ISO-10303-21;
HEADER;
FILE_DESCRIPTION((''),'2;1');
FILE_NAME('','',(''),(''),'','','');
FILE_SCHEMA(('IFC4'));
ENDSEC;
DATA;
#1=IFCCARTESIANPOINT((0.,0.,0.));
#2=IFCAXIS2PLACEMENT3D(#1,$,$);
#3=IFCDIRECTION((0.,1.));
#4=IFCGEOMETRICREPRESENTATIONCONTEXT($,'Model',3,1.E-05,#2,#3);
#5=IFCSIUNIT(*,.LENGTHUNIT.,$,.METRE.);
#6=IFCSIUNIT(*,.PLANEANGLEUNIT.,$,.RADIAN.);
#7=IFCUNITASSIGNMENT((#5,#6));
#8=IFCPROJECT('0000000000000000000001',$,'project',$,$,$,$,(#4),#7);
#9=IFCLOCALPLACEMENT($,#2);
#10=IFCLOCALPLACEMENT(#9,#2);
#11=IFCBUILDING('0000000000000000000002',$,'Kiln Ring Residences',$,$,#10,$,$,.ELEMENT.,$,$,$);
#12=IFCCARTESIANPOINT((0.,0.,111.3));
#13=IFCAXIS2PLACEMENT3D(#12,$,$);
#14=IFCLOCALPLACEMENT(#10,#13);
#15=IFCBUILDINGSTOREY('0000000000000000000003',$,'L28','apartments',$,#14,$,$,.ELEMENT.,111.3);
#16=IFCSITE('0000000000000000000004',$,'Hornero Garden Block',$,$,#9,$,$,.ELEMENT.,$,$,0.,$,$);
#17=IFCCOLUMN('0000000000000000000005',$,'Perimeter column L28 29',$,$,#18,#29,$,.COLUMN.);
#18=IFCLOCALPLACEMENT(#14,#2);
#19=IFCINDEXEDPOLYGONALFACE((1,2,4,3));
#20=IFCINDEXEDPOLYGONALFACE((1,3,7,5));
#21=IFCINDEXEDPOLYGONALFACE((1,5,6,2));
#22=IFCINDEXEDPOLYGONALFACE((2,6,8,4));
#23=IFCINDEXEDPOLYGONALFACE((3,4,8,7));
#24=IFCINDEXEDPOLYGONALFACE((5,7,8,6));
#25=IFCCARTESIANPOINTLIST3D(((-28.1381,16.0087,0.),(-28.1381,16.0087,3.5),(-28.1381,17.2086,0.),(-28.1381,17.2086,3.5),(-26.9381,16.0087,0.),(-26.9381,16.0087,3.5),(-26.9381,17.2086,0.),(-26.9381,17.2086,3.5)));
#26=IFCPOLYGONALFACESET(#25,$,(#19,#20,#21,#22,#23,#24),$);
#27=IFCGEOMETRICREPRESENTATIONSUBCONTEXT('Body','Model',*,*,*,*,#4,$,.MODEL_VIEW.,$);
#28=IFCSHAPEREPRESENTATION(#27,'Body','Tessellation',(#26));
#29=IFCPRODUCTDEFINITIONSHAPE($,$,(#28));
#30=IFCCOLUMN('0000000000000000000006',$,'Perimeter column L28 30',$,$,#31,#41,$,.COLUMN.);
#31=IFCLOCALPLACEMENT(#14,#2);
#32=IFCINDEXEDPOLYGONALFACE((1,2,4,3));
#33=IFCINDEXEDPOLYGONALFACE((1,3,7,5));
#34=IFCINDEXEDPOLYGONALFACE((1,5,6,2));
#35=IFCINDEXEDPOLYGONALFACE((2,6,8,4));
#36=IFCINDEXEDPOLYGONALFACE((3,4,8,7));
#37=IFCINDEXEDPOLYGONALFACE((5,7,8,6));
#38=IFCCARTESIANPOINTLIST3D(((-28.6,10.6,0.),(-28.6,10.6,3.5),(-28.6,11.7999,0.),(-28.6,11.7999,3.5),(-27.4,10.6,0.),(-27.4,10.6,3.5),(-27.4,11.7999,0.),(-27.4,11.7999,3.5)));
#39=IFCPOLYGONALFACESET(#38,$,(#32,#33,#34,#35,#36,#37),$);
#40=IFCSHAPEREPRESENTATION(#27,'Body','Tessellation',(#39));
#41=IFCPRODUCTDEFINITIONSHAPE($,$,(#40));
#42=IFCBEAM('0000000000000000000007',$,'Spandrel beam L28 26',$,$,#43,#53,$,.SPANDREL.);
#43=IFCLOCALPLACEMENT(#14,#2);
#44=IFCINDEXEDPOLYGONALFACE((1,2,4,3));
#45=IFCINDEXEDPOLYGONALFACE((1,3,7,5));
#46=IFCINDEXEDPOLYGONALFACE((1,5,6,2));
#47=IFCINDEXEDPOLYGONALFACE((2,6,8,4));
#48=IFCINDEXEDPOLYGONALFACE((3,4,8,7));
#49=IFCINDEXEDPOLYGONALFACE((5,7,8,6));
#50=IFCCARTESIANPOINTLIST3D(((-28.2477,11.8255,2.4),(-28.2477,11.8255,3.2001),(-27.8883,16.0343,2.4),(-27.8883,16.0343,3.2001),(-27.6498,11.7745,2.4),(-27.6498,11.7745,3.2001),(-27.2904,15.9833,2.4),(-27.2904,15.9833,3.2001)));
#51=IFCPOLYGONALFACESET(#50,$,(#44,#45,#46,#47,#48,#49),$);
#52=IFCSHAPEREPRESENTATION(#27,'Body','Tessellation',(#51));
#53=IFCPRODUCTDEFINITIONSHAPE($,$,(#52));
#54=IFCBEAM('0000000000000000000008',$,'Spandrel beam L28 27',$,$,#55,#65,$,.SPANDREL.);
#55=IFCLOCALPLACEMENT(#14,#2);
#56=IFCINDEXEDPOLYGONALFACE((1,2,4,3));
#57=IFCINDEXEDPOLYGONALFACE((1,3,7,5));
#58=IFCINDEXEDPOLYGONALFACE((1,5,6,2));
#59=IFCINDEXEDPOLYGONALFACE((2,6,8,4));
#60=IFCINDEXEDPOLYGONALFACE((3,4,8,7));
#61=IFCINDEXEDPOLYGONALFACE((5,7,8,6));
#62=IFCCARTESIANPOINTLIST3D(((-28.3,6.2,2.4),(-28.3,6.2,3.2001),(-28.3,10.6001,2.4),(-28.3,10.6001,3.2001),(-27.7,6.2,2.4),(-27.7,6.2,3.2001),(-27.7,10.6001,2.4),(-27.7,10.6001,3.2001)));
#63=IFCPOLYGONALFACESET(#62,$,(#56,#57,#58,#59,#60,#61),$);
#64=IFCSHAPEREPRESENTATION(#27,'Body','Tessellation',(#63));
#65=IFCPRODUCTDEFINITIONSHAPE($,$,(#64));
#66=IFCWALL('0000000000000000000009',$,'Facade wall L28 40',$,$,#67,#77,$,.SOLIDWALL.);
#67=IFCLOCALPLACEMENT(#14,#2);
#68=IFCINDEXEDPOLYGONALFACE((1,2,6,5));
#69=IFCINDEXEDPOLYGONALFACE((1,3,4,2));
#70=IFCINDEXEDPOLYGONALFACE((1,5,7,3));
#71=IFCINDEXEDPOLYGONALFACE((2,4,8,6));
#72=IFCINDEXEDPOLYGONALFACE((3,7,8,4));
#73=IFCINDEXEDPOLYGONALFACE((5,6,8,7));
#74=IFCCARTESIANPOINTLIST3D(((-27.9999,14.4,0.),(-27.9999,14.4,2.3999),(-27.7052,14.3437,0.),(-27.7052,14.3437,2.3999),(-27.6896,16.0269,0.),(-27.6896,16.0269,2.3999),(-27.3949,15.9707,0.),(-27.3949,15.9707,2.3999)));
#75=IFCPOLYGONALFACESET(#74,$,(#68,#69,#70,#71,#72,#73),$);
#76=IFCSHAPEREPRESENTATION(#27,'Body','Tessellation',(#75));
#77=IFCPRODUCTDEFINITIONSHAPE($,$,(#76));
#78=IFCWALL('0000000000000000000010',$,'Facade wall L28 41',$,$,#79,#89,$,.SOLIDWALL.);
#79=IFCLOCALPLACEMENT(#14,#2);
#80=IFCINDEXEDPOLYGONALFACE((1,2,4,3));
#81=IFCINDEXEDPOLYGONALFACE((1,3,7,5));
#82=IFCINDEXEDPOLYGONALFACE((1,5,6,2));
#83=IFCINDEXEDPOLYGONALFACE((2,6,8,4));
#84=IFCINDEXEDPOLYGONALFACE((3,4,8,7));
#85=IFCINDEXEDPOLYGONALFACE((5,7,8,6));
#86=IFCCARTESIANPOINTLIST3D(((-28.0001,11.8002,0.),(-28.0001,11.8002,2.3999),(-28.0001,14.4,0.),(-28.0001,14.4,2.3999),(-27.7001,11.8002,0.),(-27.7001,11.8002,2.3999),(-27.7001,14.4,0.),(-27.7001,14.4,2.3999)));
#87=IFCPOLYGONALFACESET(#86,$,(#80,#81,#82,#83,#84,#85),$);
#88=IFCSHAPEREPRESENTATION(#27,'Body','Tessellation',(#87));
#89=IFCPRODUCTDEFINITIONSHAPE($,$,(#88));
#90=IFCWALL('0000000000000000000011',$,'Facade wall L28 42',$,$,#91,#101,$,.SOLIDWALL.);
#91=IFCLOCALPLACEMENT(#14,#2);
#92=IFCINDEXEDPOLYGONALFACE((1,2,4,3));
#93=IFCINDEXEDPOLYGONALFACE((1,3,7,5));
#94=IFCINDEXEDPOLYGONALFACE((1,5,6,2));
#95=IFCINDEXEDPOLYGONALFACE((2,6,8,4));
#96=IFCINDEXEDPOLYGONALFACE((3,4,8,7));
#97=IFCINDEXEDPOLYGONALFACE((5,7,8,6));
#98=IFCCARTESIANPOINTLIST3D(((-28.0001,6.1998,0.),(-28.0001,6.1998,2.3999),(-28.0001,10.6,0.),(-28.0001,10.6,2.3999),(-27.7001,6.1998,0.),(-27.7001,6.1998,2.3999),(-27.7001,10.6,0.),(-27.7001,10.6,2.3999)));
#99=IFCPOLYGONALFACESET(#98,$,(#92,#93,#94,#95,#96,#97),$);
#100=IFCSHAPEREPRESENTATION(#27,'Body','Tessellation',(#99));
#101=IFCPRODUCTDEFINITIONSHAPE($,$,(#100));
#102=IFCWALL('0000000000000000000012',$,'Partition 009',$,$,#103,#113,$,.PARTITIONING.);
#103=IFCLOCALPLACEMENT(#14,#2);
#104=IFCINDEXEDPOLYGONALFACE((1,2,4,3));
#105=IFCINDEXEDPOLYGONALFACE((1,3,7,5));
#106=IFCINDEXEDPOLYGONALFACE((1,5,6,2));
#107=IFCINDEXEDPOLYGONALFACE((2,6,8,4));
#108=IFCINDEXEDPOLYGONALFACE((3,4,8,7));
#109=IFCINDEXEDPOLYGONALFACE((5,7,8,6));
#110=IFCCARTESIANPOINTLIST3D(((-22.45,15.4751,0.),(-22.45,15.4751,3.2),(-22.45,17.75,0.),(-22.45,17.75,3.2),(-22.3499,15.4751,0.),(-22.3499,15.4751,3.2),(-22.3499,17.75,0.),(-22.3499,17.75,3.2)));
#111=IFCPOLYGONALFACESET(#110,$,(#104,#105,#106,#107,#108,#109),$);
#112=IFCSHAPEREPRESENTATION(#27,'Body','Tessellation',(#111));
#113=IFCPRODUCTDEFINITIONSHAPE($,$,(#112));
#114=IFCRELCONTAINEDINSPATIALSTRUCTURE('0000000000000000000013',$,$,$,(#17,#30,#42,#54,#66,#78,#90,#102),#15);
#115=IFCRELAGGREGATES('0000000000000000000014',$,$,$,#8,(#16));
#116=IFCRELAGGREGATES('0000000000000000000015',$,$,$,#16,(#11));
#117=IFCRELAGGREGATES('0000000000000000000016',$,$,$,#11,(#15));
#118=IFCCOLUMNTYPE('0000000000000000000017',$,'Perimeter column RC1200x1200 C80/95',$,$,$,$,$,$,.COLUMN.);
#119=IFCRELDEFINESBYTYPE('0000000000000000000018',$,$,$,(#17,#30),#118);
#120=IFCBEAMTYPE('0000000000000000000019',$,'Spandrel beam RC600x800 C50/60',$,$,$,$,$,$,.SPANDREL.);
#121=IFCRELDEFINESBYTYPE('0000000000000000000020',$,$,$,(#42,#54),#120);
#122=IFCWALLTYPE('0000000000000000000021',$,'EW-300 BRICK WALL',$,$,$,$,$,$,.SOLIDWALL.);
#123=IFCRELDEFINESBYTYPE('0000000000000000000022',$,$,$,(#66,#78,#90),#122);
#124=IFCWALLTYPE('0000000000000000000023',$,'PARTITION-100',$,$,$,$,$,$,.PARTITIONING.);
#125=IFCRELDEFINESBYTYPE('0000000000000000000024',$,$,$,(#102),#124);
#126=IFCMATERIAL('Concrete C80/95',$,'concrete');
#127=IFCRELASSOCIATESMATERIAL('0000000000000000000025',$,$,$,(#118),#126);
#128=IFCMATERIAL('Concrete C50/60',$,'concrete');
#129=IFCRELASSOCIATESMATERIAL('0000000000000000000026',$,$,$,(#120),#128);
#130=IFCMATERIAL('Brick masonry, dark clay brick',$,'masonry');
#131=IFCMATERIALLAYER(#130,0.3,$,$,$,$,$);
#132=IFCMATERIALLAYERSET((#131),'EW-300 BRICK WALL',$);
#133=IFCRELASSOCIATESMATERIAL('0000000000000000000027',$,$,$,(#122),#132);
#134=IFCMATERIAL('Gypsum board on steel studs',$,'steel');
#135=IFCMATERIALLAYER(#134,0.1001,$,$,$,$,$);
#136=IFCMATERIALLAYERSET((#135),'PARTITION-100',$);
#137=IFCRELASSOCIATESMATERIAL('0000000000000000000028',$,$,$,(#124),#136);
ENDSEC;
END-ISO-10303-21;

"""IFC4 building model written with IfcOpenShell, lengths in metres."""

from ifc_helpers import new_model, si_unit, direction, frame, frame_2d, origin, origin_2d, place, context, subcontext, project, spatial, rectangle, extrude, material, layer, layer_set, material_profile, profile_set, type_object, element, save


model = new_model("IFC4")

# Units and contexts
model_context = context("Model", 3, precision=1e-05, world=origin(), true_north=direction((0.0, 1.0)))
body_context = subcontext(model_context, "Body", "Model", "MODEL_VIEW")
ifc_project = project(units=[si_unit("LENGTHUNIT", "METRE"), si_unit("PLANEANGLEUNIT", "RADIAN")], contexts=[model_context])

# Site, building, storey
site_placement = place(None, origin())
site = spatial("IfcSite", under=ifc_project, at=site_placement, Name="Hornero Garden Block", CompositionType="ELEMENT", RefElevation=0.0)
building_placement = place(site_placement, origin())
building = spatial("IfcBuilding", under=site, at=building_placement, Name="Kiln Ring Residences", CompositionType="ELEMENT")
storey_placement = place(building_placement, frame((0.0, 0.0, 111.3)))
storey = spatial("IfcBuildingStorey", under=building, at=storey_placement, Name="L28", Description="apartments", CompositionType="ELEMENT", Elevation=111.3)

# Columns
ifc_material_1 = material(Name="Concrete C80/95", Category="concrete")
ifc_material_profile_1 = material_profile(ifc_material_1, rectangle(XDim=1.2, YDim=1.2, at=origin_2d()), Name="RC1200x1200")
ifc_profile_set_1 = profile_set([ifc_material_profile_1], Name="Concrete C80/95")
column_type = type_object("IfcColumnType", Name="Perimeter column RC1200x1200 C80/95", PredefinedType="COLUMN", material=ifc_profile_set_1)
for number, where, z_axis, x_axis, name in (
    (1, (-27.5381, 16.6086, 0.0), (0.0, 0.0, 1.0), (1.0, 0.0, 0.0), "Perimeter column L28 29"),
    (2, (-28.0, 11.2, 0.0), (0.0, 0.0, 1.0), (1.0, 0.0, 0.0), "Perimeter column L28 30"),
):
    element("IfcColumn", number, at=place(storey_placement, frame(where, z_axis=z_axis, x_axis=x_axis)), inside=storey, type_object=column_type, Name=name, PredefinedType="COLUMN", context=body_context, shape_type="SweptSolid", body=[
        extrude(rectangle(XDim=1.2, YDim=1.2, at=origin_2d()), origin(), (0.0, 0.0, 1.0), 3.5),
    ])

# Beams
ifc_material_2 = material(Name="Concrete C50/60", Category="concrete")
ifc_material_profile_2 = material_profile(ifc_material_2, rectangle(XDim=0.6001, YDim=0.8, at=origin_2d()), Name="RC600x800")
ifc_profile_set_2 = profile_set([ifc_material_profile_2], Name="Concrete C50/60")
beam_type = type_object("IfcBeamType", Name="Spandrel beam RC600x800 C50/60", PredefinedType="SPANDREL", material=ifc_profile_set_2)
beam_1_placement = place(storey_placement, frame((-27.5894, 16.0088, 2.8), z_axis=(-0.085078, -0.996374, 0.0), x_axis=(0.996374, -0.085078, 0.0)))
element("IfcBeam", 3, at=beam_1_placement, inside=storey, type_object=beam_type, Name="Spandrel beam L28 26", PredefinedType="SPANDREL", context=body_context, shape_type="SweptSolid", body=[
    extrude(rectangle(XDim=0.6001, YDim=0.8, at=origin_2d()), origin(), (0.0, 0.0, 1.0), 4.2241),
])
beam_2_placement = place(storey_placement, frame((-28.0, 10.6001, 2.8), z_axis=(0.0, -1.0, 0.0), x_axis=(1.0, 0.0, 0.0)))
element("IfcBeam", 4, at=beam_2_placement, inside=storey, type_object=beam_type, Name="Spandrel beam L28 27", PredefinedType="SPANDREL", context=body_context, shape_type="SweptSolid", body=[
    extrude(rectangle(XDim=0.6001, YDim=0.8, at=origin_2d()), origin(), (0.0, 0.0, 1.0), 4.4001),
])

# Walls
ifc_material_3 = material(Name="Brick masonry, dark clay brick", Category="masonry")
ifc_layer_1 = layer(ifc_material_3, 0.3)
ifc_layer_set_1 = layer_set([ifc_layer_1], Name="EW-300 BRICK WALL")
wall_type_1 = type_object("IfcWallType", Name="EW-300 BRICK WALL", PredefinedType="SOLIDWALL", material=ifc_layer_set_1)
wall_1_placement = place(storey_placement, frame((-27.5422, 15.9988, 0.0), z_axis=(0.0, 0.0, 1.0), x_axis=(-0.187349, -0.982293, 0.0)))
element("IfcWall", 5, at=wall_1_placement, inside=storey, type_object=wall_type_1, Name="Facade wall L28 40", PredefinedType="SOLIDWALL", context=body_context, shape_type="SweptSolid", body=[
    extrude(rectangle(XDim=1.6562, YDim=0.3, at=frame_2d((0.8281, 0.0))), origin(), (0.0, 0.0, 1.0), 2.3999),
])
wall_2_placement = place(storey_placement, frame((-27.8501, 14.3999, 0.0), z_axis=(0.0, 0.0, 1.0), x_axis=(0.0, -1.0, 0.0)))
element("IfcWall", 6, at=wall_2_placement, inside=storey, type_object=wall_type_1, Name="Facade wall L28 41", PredefinedType="SOLIDWALL", context=body_context, shape_type="SweptSolid", body=[
    extrude(rectangle(XDim=2.5999, YDim=0.3, at=frame_2d((1.2998, 0.0))), origin(), (0.0, 0.0, 1.0), 2.3999),
])
wall_3_placement = place(storey_placement, frame((-27.8501, 10.6001, 0.0), z_axis=(0.0, 0.0, 1.0), x_axis=(0.0, -1.0, 0.0)))
element("IfcWall", 7, at=wall_3_placement, inside=storey, type_object=wall_type_1, Name="Facade wall L28 42", PredefinedType="SOLIDWALL", context=body_context, shape_type="SweptSolid", body=[
    extrude(rectangle(XDim=4.4001, YDim=0.3, at=frame_2d((2.2002, 0.0))), origin(), (0.0, 0.0, 1.0), 2.3999),
])
ifc_material_4 = material(Name="Gypsum board on steel studs", Category="steel")
ifc_layer_2 = layer(ifc_material_4, 0.1001)
ifc_layer_set_2 = layer_set([ifc_layer_2], Name="PARTITION-100")
wall_type_2 = type_object("IfcWallType", Name="PARTITION-100", PredefinedType="PARTITIONING", material=ifc_layer_set_2)
wall_4_placement = place(storey_placement, frame((-22.3999, 15.4751, 0.0), z_axis=(0.0, 0.0, 1.0), x_axis=(0.0, 1.0, 0.0)))
element("IfcWall", 8, at=wall_4_placement, inside=storey, type_object=wall_type_2, Name="Partition 009", PredefinedType="PARTITIONING", context=body_context, shape_type="SweptSolid", body=[
    extrude(rectangle(XDim=2.2749, YDim=0.1001, at=frame_2d((1.1375, 0.0))), origin(), (0.0, 0.0, 1.0), 3.2),
])

save(model, "model.ifc")
